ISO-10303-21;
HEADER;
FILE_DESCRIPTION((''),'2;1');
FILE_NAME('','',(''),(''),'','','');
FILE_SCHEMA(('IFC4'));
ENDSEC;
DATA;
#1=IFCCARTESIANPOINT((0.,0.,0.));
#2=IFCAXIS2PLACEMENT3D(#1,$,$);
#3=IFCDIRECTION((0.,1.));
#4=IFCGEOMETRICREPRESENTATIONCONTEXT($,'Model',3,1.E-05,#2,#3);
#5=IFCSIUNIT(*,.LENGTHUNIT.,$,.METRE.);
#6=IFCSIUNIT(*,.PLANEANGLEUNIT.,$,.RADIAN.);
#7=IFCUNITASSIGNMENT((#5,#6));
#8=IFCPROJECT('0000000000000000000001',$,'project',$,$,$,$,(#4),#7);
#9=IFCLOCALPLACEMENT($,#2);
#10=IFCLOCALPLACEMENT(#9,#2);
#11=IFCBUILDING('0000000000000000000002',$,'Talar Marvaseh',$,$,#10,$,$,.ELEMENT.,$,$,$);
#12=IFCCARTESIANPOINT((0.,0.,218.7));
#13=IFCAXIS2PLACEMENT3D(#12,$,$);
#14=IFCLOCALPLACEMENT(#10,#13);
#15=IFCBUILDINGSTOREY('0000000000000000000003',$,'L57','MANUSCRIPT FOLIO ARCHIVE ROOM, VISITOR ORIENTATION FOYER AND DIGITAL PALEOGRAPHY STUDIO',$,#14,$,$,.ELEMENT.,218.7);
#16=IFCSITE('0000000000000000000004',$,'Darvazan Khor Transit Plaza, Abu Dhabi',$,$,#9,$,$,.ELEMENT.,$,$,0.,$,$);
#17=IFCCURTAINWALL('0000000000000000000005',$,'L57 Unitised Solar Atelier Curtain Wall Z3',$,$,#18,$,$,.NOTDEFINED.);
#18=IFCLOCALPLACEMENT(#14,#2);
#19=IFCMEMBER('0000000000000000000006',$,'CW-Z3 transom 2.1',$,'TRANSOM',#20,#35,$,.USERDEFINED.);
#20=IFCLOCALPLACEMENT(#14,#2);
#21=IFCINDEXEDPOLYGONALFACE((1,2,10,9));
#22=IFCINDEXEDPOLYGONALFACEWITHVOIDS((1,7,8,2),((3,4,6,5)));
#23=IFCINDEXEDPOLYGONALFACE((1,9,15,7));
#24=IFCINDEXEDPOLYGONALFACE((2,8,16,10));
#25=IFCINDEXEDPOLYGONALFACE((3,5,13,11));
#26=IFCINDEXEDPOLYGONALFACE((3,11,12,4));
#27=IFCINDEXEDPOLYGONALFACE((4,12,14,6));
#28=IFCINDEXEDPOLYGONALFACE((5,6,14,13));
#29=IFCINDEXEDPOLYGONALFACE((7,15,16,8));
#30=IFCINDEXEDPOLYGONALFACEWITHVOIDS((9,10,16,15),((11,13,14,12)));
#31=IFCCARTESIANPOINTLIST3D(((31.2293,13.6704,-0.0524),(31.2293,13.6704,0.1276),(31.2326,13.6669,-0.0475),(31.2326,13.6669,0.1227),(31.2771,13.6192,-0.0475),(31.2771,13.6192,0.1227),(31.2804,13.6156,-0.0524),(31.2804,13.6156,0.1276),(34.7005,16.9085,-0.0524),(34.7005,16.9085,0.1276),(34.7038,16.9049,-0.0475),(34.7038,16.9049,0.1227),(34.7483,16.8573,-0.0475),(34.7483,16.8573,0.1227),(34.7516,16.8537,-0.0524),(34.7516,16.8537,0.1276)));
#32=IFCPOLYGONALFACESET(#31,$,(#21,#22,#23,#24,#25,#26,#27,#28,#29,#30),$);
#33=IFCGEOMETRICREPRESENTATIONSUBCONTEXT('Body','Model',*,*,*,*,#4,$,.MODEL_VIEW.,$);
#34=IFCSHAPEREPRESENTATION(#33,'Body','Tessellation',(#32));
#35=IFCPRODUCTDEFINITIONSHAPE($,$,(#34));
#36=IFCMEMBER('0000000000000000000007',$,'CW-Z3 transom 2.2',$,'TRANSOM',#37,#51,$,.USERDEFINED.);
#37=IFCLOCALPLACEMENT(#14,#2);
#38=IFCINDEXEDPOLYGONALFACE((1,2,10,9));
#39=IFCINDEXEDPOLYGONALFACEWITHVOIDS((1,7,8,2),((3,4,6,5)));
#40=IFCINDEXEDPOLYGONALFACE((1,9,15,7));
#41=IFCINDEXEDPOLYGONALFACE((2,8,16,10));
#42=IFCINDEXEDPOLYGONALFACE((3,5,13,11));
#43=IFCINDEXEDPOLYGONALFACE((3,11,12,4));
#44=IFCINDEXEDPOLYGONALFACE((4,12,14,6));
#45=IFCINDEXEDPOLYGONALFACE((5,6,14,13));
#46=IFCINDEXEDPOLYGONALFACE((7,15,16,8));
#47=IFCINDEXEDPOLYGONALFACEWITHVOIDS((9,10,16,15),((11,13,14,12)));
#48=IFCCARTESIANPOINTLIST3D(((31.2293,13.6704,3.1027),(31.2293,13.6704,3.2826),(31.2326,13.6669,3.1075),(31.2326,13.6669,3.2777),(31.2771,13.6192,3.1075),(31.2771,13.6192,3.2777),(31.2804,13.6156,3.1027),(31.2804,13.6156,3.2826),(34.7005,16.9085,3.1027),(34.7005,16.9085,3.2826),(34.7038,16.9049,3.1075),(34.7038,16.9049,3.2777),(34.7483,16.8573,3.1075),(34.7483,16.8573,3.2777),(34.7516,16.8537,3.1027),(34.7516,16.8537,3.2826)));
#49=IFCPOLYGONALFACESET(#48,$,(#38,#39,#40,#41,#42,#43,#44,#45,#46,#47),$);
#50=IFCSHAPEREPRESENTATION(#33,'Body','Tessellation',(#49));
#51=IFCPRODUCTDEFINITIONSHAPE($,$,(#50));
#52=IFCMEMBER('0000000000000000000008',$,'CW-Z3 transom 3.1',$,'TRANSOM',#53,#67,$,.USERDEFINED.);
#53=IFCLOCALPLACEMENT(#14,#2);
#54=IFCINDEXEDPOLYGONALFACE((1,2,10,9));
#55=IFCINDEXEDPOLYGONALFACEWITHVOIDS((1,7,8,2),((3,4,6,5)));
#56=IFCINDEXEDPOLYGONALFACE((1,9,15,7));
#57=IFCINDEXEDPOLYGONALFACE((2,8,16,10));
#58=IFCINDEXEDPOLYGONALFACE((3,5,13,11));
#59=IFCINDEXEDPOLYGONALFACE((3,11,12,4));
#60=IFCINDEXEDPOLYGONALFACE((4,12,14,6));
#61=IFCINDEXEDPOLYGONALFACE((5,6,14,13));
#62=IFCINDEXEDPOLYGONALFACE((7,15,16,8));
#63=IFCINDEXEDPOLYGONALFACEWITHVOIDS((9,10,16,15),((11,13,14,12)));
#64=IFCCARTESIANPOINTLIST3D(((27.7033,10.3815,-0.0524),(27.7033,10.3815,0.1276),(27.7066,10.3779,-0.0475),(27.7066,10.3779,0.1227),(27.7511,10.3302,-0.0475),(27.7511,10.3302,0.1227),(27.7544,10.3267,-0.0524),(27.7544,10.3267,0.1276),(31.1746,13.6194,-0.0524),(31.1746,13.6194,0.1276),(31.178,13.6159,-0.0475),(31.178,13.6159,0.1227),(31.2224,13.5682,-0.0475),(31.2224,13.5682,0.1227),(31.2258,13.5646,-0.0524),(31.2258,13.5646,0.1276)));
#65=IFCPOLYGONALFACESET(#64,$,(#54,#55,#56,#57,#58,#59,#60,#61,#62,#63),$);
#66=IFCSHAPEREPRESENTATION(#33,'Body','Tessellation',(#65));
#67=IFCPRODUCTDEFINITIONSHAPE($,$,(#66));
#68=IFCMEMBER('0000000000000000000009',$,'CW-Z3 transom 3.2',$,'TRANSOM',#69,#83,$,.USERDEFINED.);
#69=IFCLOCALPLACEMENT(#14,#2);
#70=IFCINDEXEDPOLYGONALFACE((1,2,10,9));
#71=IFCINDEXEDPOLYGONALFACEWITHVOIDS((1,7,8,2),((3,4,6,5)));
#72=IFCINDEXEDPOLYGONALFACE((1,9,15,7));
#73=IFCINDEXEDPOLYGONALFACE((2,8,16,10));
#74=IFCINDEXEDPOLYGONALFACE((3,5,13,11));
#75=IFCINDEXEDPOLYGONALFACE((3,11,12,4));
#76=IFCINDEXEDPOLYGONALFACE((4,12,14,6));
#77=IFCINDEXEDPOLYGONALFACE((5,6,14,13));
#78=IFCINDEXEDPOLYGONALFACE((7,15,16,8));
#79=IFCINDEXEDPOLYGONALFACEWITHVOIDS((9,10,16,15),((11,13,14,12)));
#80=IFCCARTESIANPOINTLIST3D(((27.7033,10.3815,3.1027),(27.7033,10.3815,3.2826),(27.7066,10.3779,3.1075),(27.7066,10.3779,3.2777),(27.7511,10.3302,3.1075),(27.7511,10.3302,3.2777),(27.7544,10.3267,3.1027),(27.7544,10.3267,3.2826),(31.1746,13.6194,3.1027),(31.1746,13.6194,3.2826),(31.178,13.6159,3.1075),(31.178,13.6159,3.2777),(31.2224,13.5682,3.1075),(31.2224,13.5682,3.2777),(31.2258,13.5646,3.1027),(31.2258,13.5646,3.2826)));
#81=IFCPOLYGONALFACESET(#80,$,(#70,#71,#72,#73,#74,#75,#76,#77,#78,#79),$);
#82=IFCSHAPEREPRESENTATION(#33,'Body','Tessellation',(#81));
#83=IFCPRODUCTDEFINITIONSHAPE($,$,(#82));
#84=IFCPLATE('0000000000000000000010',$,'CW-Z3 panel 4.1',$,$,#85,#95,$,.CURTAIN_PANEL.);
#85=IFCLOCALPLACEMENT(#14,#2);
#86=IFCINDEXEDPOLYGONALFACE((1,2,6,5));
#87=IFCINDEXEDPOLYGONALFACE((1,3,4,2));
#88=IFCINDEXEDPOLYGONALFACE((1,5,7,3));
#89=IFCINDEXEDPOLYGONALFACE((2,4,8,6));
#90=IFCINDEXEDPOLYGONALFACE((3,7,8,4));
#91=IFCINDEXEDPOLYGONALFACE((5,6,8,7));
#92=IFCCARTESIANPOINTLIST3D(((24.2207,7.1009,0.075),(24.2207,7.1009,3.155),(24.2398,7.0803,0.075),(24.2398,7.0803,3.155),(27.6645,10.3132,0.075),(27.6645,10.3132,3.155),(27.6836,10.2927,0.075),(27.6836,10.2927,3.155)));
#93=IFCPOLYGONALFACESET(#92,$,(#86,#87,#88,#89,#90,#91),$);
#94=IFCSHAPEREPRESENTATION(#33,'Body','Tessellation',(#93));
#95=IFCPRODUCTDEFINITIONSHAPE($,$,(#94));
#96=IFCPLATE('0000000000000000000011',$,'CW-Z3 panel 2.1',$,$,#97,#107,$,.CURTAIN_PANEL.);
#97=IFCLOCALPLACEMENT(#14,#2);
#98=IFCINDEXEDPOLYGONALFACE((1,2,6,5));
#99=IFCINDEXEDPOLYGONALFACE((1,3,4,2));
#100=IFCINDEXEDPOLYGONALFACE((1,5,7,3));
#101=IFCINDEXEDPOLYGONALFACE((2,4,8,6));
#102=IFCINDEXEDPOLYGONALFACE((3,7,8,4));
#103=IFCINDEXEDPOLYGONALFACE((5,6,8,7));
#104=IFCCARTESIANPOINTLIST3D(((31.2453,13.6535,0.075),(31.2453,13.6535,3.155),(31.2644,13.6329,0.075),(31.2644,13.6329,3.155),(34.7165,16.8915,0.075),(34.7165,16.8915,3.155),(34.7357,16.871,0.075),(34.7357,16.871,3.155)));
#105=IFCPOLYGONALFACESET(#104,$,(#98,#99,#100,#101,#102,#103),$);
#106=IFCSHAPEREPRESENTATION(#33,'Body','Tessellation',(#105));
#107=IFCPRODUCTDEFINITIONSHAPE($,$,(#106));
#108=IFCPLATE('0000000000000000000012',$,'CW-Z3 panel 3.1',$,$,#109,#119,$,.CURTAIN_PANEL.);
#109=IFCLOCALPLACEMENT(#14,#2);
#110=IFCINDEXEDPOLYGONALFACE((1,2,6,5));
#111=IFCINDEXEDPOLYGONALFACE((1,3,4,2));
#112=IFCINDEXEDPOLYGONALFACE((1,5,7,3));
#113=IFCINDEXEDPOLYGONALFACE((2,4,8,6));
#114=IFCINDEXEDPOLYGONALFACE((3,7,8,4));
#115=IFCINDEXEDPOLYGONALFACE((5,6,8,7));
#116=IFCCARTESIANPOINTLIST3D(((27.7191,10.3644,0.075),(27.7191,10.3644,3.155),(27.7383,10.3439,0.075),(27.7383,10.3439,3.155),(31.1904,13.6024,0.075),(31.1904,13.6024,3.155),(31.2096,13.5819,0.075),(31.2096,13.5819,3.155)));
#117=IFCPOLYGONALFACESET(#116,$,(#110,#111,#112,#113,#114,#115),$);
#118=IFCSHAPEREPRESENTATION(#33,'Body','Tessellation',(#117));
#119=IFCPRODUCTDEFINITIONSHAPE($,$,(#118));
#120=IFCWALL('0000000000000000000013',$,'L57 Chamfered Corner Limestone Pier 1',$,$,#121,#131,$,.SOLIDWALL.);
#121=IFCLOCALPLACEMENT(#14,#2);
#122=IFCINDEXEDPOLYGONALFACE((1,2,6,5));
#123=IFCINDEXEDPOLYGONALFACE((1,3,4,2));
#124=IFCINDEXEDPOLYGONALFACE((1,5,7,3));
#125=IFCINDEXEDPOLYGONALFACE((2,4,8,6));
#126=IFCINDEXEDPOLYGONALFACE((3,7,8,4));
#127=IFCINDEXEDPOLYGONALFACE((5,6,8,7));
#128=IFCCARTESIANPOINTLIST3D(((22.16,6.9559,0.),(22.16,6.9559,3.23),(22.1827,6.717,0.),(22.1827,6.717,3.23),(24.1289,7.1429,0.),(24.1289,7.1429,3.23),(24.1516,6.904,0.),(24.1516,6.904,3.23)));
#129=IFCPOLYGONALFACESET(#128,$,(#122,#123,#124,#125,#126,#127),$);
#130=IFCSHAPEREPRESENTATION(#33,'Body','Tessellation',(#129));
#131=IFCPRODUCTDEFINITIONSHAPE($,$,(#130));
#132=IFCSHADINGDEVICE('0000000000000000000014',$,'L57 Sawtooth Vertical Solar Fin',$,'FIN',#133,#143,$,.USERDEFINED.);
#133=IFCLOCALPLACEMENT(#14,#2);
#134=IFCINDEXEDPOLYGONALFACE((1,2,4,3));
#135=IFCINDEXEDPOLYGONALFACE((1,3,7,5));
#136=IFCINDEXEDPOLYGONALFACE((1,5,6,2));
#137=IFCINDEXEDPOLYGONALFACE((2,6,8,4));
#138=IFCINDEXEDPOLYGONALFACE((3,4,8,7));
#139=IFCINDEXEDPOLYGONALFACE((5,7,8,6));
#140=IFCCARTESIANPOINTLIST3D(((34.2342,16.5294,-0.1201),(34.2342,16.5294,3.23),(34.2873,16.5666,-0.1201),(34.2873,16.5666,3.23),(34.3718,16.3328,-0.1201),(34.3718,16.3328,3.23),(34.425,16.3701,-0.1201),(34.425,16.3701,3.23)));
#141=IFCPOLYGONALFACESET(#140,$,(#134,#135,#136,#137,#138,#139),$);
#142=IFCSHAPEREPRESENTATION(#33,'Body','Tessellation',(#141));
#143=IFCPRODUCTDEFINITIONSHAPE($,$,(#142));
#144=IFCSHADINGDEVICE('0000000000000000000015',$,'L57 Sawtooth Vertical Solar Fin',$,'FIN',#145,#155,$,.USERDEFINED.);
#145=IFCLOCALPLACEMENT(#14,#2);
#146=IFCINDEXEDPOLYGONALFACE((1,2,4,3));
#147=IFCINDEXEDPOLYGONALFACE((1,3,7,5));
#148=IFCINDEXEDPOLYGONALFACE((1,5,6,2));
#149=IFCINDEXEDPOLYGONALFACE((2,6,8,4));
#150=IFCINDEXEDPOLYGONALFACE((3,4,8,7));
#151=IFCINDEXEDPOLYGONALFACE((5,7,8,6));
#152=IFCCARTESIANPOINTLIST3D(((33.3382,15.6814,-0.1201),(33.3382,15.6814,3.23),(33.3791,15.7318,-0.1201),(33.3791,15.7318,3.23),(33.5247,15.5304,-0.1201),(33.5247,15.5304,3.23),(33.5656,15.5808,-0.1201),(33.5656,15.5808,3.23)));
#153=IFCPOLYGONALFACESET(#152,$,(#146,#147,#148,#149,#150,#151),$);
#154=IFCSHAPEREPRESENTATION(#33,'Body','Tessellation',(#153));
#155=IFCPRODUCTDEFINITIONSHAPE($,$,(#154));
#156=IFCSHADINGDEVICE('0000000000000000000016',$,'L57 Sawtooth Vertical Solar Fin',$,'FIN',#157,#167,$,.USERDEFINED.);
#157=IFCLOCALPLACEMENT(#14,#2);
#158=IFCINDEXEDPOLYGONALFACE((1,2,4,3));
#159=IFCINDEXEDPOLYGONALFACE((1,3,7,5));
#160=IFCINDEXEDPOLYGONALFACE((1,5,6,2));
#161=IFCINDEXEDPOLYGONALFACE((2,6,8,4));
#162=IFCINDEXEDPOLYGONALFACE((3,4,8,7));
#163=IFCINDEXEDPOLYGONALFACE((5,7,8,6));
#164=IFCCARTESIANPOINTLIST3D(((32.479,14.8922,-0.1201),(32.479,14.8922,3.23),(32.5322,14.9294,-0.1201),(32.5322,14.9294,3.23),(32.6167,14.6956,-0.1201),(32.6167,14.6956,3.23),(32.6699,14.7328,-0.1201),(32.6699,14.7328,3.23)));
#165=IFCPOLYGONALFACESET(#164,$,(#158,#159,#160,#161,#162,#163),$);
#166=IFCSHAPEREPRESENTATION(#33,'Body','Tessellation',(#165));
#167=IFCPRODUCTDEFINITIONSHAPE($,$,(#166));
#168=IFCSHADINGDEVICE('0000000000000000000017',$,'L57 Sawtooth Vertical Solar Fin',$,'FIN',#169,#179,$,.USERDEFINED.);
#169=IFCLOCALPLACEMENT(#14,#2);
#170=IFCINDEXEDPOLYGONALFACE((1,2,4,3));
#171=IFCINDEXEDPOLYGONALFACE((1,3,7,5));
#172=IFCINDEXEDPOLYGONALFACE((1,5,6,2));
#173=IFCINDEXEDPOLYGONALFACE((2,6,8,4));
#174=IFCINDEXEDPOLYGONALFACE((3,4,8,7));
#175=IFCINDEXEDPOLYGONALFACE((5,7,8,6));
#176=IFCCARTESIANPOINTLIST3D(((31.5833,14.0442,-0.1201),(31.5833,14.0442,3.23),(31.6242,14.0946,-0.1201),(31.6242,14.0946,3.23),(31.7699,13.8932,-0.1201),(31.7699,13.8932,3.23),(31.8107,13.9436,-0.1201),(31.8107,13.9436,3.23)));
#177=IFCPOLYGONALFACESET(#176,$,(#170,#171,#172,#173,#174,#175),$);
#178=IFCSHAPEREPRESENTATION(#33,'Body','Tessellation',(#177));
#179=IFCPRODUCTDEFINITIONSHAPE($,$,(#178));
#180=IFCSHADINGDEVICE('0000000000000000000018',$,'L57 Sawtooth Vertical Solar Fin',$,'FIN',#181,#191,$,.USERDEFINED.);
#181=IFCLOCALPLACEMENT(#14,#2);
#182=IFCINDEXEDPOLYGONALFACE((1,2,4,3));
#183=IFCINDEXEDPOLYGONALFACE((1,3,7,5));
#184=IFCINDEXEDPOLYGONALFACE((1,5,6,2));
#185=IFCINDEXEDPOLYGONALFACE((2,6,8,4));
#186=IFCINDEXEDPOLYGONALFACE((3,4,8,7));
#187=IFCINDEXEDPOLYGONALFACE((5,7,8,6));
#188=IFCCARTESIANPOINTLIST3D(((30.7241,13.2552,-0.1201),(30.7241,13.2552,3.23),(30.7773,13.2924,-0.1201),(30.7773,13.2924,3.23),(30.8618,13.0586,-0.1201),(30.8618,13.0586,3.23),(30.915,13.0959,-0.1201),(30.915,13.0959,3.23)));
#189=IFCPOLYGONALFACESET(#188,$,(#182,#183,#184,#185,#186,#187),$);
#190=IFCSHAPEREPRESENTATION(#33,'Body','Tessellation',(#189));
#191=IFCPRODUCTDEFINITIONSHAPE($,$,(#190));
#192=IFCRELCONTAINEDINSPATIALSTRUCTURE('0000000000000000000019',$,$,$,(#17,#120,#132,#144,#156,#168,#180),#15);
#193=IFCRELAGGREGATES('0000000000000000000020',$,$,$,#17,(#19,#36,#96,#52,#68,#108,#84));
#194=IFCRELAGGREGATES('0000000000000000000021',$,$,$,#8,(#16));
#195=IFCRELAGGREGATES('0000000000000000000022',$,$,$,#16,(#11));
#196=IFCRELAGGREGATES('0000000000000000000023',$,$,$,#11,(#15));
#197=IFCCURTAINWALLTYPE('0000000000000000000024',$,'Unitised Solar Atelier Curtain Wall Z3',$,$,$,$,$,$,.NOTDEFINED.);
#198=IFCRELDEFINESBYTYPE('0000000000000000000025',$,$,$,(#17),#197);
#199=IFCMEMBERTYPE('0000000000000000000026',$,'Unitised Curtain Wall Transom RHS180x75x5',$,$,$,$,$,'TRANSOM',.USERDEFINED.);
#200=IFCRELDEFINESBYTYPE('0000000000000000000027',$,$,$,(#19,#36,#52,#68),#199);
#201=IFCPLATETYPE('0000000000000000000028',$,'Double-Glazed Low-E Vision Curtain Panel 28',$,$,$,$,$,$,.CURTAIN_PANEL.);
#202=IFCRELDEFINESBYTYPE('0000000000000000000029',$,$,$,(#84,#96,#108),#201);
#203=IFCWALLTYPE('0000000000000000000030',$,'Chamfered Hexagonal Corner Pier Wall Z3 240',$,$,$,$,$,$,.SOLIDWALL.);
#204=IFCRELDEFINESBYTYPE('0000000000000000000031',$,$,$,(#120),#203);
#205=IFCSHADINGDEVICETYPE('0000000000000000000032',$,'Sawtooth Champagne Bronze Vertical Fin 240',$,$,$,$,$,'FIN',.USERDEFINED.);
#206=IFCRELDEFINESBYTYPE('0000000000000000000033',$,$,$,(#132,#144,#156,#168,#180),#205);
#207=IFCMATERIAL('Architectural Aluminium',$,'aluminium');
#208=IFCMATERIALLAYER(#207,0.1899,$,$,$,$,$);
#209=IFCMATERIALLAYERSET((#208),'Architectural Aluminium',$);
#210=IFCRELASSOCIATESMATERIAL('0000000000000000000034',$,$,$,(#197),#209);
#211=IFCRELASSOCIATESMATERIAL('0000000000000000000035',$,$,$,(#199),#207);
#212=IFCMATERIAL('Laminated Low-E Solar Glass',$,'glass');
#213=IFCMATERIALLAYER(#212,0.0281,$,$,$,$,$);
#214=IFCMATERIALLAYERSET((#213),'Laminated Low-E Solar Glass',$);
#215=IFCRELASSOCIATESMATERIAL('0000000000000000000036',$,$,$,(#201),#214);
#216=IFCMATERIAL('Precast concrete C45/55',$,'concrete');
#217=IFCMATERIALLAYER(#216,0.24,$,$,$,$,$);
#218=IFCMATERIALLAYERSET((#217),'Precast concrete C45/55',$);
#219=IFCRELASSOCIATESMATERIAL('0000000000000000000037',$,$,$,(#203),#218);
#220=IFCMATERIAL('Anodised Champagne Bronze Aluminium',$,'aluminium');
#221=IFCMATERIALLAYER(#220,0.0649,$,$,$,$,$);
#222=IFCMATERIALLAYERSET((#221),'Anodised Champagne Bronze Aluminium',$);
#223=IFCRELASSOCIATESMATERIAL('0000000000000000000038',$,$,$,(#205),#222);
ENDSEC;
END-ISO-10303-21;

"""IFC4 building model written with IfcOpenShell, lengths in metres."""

from ifc_helpers import new_model, si_unit, direction, frame, frame_2d, origin, origin_2d, place, context, subcontext, project, spatial, rectangle, hollow_rectangle, extrude, source, transform, mapped, material, layer, layer_set, material_profile, profile_set, type_object, type_shapes, element, aggregate, save


model = new_model("IFC4")

# Units and contexts
model_context = context("Model", 3, precision=1e-05, world=origin(), true_north=direction((0.0, 1.0)))
body_context = subcontext(model_context, "Body", "Model", "MODEL_VIEW")
ifc_project = project(units=[si_unit("LENGTHUNIT", "METRE"), si_unit("PLANEANGLEUNIT", "RADIAN")], contexts=[model_context])

# Site, building, storey
site_placement = place(None, origin())
site = spatial("IfcSite", under=ifc_project, at=site_placement, Name="Darvazan Khor Transit Plaza, Abu Dhabi", CompositionType="ELEMENT", RefElevation=0.0)
building_placement = place(site_placement, origin())
building = spatial("IfcBuilding", under=site, at=building_placement, Name="Talar Marvaseh", CompositionType="ELEMENT")
storey_placement = place(building_placement, frame((0.0, 0.0, 218.7)))
storey = spatial("IfcBuildingStorey", under=building, at=storey_placement, Name="L57", Description="MANUSCRIPT FOLIO ARCHIVE ROOM, VISITOR ORIENTATION FOYER AND DIGITAL PALEOGRAPHY STUDIO", CompositionType="ELEMENT", Elevation=218.7)

# Shared definitions
ifc_material_1 = material(Name="Architectural Aluminium", Category="aluminium")
ifc_layer_1 = layer(ifc_material_1, 0.1899)
ifc_layer_set_1 = layer_set([ifc_layer_1], Name="Architectural Aluminium")
curtain_wall_type = type_object("IfcCurtainWallType", Name="Unitised Solar Atelier Curtain Wall Z3", PredefinedType="NOTDEFINED", material=ifc_layer_set_1)

# Curtain wall, members, plates
curtain_wall_1_placement = place(storey_placement, origin())
curtain_wall_1 = element("IfcCurtainWall", 1, at=curtain_wall_1_placement, inside=storey, type_object=curtain_wall_type, Name="L57 Unitised Solar Atelier Curtain Wall Z3", PredefinedType="NOTDEFINED")
ifc_material_profile_1 = material_profile(ifc_material_1, hollow_rectangle(XDim=0.075, YDim=0.1799, WallThickness=0.0049, at=origin_2d()), Name="RHS180x75x5")
ifc_profile_set_1 = profile_set([ifc_material_profile_1], Name="Architectural Aluminium")
member_type_1 = type_object("IfcMemberType", Name="Unitised Curtain Wall Transom RHS180x75x5", ElementType="TRANSOM", PredefinedType="USERDEFINED", material=ifc_profile_set_1)
shared_shape_1 = source(origin(), body_context, "Body", "SweptSolid", [
    extrude(hollow_rectangle(XDim=0.075, YDim=0.1799, WallThickness=0.0049, at=origin_2d()), origin(), (0.0, 0.0, 1.0), 4.7471),
])
member_1_placement = place(storey_placement, frame((34.7261, 16.8811, 0.0376), z_axis=(-0.731238, -0.682122, 0.0), x_axis=(0.682122, -0.731238, 0.0)))
member_1 = element("IfcMember", 2, at=member_1_placement, type_object=member_type_1, Name="CW-Z3 transom 2.1", ObjectType="TRANSOM", PredefinedType="USERDEFINED", context=body_context, shape_type="MappedRepresentation", body=[
    mapped(shared_shape_1, transform((0.0, 0.0, 0.0), x_axis=(1.0, 0.0, 0.0), y_axis=(0.0, 1.0, 0.0), z_axis=(0.0, 0.0, 1.0), scale=1.0)),
])
member_2_placement = place(storey_placement, frame((34.7261, 16.8811, 3.1926), z_axis=(-0.731238, -0.682122, 0.0), x_axis=(0.682122, -0.731238, 0.0)))
member_2 = element("IfcMember", 3, at=member_2_placement, type_object=member_type_1, Name="CW-Z3 transom 2.2", ObjectType="TRANSOM", PredefinedType="USERDEFINED", context=body_context, shape_type="MappedRepresentation", body=[
    mapped(shared_shape_1, transform((0.0, 0.0, 0.0), x_axis=(1.0, 0.0, 0.0), y_axis=(0.0, 1.0, 0.0), z_axis=(0.0, 0.0, 1.0), scale=1.0)),
])
member_3_placement = place(storey_placement, frame((31.2002, 13.592, 0.0376), z_axis=(-0.731262, -0.682097, 0.0), x_axis=(0.682097, -0.731262, 0.0)))
member_3 = element("IfcMember", 4, at=member_3_placement, type_object=member_type_1, Name="CW-Z3 transom 3.1", ObjectType="TRANSOM", PredefinedType="USERDEFINED", context=body_context, shape_type="MappedRepresentation", body=[
    mapped(shared_shape_1, transform((0.0, 0.0, 0.0), x_axis=(1.0, 0.0, 0.0), y_axis=(0.0, 1.0, 0.0), z_axis=(0.0, 0.0, 1.0), scale=1.0)),
])
member_4_placement = place(storey_placement, frame((31.2002, 13.592, 3.1926), z_axis=(-0.731262, -0.682097, 0.0), x_axis=(0.682097, -0.731262, 0.0)))
member_4 = element("IfcMember", 5, at=member_4_placement, type_object=member_type_1, Name="CW-Z3 transom 3.2", ObjectType="TRANSOM", PredefinedType="USERDEFINED", context=body_context, shape_type="MappedRepresentation", body=[
    mapped(shared_shape_1, transform((0.0, 0.0, 0.0), x_axis=(1.0, 0.0, 0.0), y_axis=(0.0, 1.0, 0.0), z_axis=(0.0, 0.0, 1.0), scale=1.0)),
])
ifc_material_2 = material(Name="Laminated Low-E Solar Glass", Category="glass")
ifc_layer_2 = layer(ifc_material_2, 0.0281)
ifc_layer_set_2 = layer_set([ifc_layer_2], Name="Laminated Low-E Solar Glass")
plate_type = type_object("IfcPlateType", Name="Double-Glazed Low-E Vision Curtain Panel 28", PredefinedType="CURTAIN_PANEL", material=ifc_layer_set_2)
shared_shape_2 = source(origin(), body_context, "Body", "SweptSolid", [
    extrude(rectangle(XDim=4.7095, YDim=0.0281, at=origin_2d()), origin(), (0.0, 0.0, 1.0), 3.0801),
])
plate_1_placement = place(storey_placement, frame((25.9521, 8.6968, 0.075), z_axis=(0.0, 0.0, 1.0), x_axis=(-0.731249, -0.68211, 0.0)))
plate_1 = element("IfcPlate", 6, at=plate_1_placement, type_object=plate_type, Name="CW-Z3 panel 4.1", PredefinedType="CURTAIN_PANEL", context=body_context, shape_type="MappedRepresentation", body=[
    mapped(shared_shape_2, transform((0.0, 0.0, 0.0), x_axis=(1.0, 0.0, 0.0), y_axis=(0.0, 1.0, 0.0), z_axis=(0.0, 0.0, 1.0), scale=1.0)),
])
shared_shape_3 = source(origin(), body_context, "Body", "SweptSolid", [
    extrude(rectangle(XDim=4.7471, YDim=0.0281, at=origin_2d()), origin(), (0.0, 0.0, 1.0), 3.0801),
])
type_shapes(plate_type, [shared_shape_2, shared_shape_3])
plate_2_placement = place(storey_placement, frame((32.9905, 15.2622, 0.075), z_axis=(0.0, 0.0, 1.0), x_axis=(-0.731249, -0.68211, 0.0)))
plate_2 = element("IfcPlate", 7, at=plate_2_placement, type_object=plate_type, Name="CW-Z3 panel 2.1", PredefinedType="CURTAIN_PANEL", context=body_context, shape_type="MappedRepresentation", body=[
    mapped(shared_shape_3, transform((0.0, 0.0, 0.0), x_axis=(1.0, 0.0, 0.0), y_axis=(0.0, 1.0, 0.0), z_axis=(0.0, 0.0, 1.0), scale=1.0)),
])
plate_3_placement = place(storey_placement, frame((29.4644, 11.9731, 0.075), z_axis=(0.0, 0.0, 1.0), x_axis=(-0.731249, -0.68211, 0.0)))
plate_3 = element("IfcPlate", 8, at=plate_3_placement, type_object=plate_type, Name="CW-Z3 panel 3.1", PredefinedType="CURTAIN_PANEL", context=body_context, shape_type="MappedRepresentation", body=[
    mapped(shared_shape_3, transform((0.0, 0.0, 0.0), x_axis=(1.0, 0.0, 0.0), y_axis=(0.0, 1.0, 0.0), z_axis=(0.0, 0.0, 1.0), scale=1.0)),
])
aggregate(curtain_wall_1, [member_1, member_2, plate_2, member_3, member_4, plate_3, plate_1])

# Wall
ifc_material_3 = material(Name="Precast concrete C45/55", Category="concrete")
ifc_layer_3 = layer(ifc_material_3, 0.24)
ifc_layer_set_3 = layer_set([ifc_layer_3], Name="Precast concrete C45/55")
wall_type = type_object("IfcWallType", Name="Chamfered Hexagonal Corner Pier Wall Z3 240", PredefinedType="SOLIDWALL", material=ifc_layer_set_3)
wall_placement = place(storey_placement, frame((24.1401, 7.0234, 0.0), z_axis=(0.0, 0.0, 1.0), x_axis=(-0.99552, -0.094553, 0.0)))
element("IfcWall", 9, at=wall_placement, inside=storey, type_object=wall_type, Name="L57 Chamfered Corner Limestone Pier 1", PredefinedType="SOLIDWALL", context=body_context, shape_type="SweptSolid", body=[
    extrude(rectangle(XDim=1.9778, YDim=0.24, at=frame_2d((0.9888, 0.0))), origin(), (0.0, 0.0, 1.0), 3.23),
])

# Shading devices
ifc_material_4 = material(Name="Anodised Champagne Bronze Aluminium", Category="aluminium")
ifc_layer_4 = layer(ifc_material_4, 0.0649)
ifc_layer_set_4 = layer_set([ifc_layer_4], Name="Anodised Champagne Bronze Aluminium")
shading_device_type = type_object("IfcShadingDeviceType", Name="Sawtooth Champagne Bronze Vertical Fin 240", ElementType="FIN", PredefinedType="USERDEFINED", material=ifc_layer_set_4)
shared_shape_4 = source(origin(), body_context, "Body", "SweptSolid", [
    extrude(rectangle(XDim=0.24, YDim=0.0649, at=origin_2d()), origin(), (0.0, 0.0, 1.0), 3.3501),
])
type_shapes(shading_device_type, [shared_shape_4])
for number, where, z_axis, x_axis, name in (
    (10, (34.3296, 16.4497, -0.1201), (0.0, 0.0, 1.0), (0.573719, -0.819052, 0.0), "L57 Sawtooth Vertical Solar Fin"),
    (11, (33.4519, 15.6311, -0.1201), (0.0, 0.0, 1.0), (0.777256, -0.629185, 0.0), "L57 Sawtooth Vertical Solar Fin"),
    (12, (32.5745, 14.8125, -0.1201), (0.0, 0.0, 1.0), (0.573719, -0.819052, 0.0), "L57 Sawtooth Vertical Solar Fin"),
    (13, (31.697, 13.9939, -0.1201), (0.0, 0.0, 1.0), (0.777256, -0.629185, 0.0), "L57 Sawtooth Vertical Solar Fin"),
    (14, (30.8196, 13.1755, -0.1201), (0.0, 0.0, 1.0), (0.573719, -0.819052, 0.0), "L57 Sawtooth Vertical Solar Fin"),
):
    element("IfcShadingDevice", number, at=place(storey_placement, frame(where, z_axis=z_axis, x_axis=x_axis)), inside=storey, type_object=shading_device_type, Name=name, ObjectType="FIN", PredefinedType="USERDEFINED", context=body_context, shape_type="MappedRepresentation", body=[
        mapped(shared_shape_4, transform((0.0, 0.0, 0.0), x_axis=(1.0, 0.0, 0.0), y_axis=(0.0, 1.0, 0.0), z_axis=(0.0, 0.0, 1.0), scale=1.0)),
    ])

save(model, "model.ifc")
